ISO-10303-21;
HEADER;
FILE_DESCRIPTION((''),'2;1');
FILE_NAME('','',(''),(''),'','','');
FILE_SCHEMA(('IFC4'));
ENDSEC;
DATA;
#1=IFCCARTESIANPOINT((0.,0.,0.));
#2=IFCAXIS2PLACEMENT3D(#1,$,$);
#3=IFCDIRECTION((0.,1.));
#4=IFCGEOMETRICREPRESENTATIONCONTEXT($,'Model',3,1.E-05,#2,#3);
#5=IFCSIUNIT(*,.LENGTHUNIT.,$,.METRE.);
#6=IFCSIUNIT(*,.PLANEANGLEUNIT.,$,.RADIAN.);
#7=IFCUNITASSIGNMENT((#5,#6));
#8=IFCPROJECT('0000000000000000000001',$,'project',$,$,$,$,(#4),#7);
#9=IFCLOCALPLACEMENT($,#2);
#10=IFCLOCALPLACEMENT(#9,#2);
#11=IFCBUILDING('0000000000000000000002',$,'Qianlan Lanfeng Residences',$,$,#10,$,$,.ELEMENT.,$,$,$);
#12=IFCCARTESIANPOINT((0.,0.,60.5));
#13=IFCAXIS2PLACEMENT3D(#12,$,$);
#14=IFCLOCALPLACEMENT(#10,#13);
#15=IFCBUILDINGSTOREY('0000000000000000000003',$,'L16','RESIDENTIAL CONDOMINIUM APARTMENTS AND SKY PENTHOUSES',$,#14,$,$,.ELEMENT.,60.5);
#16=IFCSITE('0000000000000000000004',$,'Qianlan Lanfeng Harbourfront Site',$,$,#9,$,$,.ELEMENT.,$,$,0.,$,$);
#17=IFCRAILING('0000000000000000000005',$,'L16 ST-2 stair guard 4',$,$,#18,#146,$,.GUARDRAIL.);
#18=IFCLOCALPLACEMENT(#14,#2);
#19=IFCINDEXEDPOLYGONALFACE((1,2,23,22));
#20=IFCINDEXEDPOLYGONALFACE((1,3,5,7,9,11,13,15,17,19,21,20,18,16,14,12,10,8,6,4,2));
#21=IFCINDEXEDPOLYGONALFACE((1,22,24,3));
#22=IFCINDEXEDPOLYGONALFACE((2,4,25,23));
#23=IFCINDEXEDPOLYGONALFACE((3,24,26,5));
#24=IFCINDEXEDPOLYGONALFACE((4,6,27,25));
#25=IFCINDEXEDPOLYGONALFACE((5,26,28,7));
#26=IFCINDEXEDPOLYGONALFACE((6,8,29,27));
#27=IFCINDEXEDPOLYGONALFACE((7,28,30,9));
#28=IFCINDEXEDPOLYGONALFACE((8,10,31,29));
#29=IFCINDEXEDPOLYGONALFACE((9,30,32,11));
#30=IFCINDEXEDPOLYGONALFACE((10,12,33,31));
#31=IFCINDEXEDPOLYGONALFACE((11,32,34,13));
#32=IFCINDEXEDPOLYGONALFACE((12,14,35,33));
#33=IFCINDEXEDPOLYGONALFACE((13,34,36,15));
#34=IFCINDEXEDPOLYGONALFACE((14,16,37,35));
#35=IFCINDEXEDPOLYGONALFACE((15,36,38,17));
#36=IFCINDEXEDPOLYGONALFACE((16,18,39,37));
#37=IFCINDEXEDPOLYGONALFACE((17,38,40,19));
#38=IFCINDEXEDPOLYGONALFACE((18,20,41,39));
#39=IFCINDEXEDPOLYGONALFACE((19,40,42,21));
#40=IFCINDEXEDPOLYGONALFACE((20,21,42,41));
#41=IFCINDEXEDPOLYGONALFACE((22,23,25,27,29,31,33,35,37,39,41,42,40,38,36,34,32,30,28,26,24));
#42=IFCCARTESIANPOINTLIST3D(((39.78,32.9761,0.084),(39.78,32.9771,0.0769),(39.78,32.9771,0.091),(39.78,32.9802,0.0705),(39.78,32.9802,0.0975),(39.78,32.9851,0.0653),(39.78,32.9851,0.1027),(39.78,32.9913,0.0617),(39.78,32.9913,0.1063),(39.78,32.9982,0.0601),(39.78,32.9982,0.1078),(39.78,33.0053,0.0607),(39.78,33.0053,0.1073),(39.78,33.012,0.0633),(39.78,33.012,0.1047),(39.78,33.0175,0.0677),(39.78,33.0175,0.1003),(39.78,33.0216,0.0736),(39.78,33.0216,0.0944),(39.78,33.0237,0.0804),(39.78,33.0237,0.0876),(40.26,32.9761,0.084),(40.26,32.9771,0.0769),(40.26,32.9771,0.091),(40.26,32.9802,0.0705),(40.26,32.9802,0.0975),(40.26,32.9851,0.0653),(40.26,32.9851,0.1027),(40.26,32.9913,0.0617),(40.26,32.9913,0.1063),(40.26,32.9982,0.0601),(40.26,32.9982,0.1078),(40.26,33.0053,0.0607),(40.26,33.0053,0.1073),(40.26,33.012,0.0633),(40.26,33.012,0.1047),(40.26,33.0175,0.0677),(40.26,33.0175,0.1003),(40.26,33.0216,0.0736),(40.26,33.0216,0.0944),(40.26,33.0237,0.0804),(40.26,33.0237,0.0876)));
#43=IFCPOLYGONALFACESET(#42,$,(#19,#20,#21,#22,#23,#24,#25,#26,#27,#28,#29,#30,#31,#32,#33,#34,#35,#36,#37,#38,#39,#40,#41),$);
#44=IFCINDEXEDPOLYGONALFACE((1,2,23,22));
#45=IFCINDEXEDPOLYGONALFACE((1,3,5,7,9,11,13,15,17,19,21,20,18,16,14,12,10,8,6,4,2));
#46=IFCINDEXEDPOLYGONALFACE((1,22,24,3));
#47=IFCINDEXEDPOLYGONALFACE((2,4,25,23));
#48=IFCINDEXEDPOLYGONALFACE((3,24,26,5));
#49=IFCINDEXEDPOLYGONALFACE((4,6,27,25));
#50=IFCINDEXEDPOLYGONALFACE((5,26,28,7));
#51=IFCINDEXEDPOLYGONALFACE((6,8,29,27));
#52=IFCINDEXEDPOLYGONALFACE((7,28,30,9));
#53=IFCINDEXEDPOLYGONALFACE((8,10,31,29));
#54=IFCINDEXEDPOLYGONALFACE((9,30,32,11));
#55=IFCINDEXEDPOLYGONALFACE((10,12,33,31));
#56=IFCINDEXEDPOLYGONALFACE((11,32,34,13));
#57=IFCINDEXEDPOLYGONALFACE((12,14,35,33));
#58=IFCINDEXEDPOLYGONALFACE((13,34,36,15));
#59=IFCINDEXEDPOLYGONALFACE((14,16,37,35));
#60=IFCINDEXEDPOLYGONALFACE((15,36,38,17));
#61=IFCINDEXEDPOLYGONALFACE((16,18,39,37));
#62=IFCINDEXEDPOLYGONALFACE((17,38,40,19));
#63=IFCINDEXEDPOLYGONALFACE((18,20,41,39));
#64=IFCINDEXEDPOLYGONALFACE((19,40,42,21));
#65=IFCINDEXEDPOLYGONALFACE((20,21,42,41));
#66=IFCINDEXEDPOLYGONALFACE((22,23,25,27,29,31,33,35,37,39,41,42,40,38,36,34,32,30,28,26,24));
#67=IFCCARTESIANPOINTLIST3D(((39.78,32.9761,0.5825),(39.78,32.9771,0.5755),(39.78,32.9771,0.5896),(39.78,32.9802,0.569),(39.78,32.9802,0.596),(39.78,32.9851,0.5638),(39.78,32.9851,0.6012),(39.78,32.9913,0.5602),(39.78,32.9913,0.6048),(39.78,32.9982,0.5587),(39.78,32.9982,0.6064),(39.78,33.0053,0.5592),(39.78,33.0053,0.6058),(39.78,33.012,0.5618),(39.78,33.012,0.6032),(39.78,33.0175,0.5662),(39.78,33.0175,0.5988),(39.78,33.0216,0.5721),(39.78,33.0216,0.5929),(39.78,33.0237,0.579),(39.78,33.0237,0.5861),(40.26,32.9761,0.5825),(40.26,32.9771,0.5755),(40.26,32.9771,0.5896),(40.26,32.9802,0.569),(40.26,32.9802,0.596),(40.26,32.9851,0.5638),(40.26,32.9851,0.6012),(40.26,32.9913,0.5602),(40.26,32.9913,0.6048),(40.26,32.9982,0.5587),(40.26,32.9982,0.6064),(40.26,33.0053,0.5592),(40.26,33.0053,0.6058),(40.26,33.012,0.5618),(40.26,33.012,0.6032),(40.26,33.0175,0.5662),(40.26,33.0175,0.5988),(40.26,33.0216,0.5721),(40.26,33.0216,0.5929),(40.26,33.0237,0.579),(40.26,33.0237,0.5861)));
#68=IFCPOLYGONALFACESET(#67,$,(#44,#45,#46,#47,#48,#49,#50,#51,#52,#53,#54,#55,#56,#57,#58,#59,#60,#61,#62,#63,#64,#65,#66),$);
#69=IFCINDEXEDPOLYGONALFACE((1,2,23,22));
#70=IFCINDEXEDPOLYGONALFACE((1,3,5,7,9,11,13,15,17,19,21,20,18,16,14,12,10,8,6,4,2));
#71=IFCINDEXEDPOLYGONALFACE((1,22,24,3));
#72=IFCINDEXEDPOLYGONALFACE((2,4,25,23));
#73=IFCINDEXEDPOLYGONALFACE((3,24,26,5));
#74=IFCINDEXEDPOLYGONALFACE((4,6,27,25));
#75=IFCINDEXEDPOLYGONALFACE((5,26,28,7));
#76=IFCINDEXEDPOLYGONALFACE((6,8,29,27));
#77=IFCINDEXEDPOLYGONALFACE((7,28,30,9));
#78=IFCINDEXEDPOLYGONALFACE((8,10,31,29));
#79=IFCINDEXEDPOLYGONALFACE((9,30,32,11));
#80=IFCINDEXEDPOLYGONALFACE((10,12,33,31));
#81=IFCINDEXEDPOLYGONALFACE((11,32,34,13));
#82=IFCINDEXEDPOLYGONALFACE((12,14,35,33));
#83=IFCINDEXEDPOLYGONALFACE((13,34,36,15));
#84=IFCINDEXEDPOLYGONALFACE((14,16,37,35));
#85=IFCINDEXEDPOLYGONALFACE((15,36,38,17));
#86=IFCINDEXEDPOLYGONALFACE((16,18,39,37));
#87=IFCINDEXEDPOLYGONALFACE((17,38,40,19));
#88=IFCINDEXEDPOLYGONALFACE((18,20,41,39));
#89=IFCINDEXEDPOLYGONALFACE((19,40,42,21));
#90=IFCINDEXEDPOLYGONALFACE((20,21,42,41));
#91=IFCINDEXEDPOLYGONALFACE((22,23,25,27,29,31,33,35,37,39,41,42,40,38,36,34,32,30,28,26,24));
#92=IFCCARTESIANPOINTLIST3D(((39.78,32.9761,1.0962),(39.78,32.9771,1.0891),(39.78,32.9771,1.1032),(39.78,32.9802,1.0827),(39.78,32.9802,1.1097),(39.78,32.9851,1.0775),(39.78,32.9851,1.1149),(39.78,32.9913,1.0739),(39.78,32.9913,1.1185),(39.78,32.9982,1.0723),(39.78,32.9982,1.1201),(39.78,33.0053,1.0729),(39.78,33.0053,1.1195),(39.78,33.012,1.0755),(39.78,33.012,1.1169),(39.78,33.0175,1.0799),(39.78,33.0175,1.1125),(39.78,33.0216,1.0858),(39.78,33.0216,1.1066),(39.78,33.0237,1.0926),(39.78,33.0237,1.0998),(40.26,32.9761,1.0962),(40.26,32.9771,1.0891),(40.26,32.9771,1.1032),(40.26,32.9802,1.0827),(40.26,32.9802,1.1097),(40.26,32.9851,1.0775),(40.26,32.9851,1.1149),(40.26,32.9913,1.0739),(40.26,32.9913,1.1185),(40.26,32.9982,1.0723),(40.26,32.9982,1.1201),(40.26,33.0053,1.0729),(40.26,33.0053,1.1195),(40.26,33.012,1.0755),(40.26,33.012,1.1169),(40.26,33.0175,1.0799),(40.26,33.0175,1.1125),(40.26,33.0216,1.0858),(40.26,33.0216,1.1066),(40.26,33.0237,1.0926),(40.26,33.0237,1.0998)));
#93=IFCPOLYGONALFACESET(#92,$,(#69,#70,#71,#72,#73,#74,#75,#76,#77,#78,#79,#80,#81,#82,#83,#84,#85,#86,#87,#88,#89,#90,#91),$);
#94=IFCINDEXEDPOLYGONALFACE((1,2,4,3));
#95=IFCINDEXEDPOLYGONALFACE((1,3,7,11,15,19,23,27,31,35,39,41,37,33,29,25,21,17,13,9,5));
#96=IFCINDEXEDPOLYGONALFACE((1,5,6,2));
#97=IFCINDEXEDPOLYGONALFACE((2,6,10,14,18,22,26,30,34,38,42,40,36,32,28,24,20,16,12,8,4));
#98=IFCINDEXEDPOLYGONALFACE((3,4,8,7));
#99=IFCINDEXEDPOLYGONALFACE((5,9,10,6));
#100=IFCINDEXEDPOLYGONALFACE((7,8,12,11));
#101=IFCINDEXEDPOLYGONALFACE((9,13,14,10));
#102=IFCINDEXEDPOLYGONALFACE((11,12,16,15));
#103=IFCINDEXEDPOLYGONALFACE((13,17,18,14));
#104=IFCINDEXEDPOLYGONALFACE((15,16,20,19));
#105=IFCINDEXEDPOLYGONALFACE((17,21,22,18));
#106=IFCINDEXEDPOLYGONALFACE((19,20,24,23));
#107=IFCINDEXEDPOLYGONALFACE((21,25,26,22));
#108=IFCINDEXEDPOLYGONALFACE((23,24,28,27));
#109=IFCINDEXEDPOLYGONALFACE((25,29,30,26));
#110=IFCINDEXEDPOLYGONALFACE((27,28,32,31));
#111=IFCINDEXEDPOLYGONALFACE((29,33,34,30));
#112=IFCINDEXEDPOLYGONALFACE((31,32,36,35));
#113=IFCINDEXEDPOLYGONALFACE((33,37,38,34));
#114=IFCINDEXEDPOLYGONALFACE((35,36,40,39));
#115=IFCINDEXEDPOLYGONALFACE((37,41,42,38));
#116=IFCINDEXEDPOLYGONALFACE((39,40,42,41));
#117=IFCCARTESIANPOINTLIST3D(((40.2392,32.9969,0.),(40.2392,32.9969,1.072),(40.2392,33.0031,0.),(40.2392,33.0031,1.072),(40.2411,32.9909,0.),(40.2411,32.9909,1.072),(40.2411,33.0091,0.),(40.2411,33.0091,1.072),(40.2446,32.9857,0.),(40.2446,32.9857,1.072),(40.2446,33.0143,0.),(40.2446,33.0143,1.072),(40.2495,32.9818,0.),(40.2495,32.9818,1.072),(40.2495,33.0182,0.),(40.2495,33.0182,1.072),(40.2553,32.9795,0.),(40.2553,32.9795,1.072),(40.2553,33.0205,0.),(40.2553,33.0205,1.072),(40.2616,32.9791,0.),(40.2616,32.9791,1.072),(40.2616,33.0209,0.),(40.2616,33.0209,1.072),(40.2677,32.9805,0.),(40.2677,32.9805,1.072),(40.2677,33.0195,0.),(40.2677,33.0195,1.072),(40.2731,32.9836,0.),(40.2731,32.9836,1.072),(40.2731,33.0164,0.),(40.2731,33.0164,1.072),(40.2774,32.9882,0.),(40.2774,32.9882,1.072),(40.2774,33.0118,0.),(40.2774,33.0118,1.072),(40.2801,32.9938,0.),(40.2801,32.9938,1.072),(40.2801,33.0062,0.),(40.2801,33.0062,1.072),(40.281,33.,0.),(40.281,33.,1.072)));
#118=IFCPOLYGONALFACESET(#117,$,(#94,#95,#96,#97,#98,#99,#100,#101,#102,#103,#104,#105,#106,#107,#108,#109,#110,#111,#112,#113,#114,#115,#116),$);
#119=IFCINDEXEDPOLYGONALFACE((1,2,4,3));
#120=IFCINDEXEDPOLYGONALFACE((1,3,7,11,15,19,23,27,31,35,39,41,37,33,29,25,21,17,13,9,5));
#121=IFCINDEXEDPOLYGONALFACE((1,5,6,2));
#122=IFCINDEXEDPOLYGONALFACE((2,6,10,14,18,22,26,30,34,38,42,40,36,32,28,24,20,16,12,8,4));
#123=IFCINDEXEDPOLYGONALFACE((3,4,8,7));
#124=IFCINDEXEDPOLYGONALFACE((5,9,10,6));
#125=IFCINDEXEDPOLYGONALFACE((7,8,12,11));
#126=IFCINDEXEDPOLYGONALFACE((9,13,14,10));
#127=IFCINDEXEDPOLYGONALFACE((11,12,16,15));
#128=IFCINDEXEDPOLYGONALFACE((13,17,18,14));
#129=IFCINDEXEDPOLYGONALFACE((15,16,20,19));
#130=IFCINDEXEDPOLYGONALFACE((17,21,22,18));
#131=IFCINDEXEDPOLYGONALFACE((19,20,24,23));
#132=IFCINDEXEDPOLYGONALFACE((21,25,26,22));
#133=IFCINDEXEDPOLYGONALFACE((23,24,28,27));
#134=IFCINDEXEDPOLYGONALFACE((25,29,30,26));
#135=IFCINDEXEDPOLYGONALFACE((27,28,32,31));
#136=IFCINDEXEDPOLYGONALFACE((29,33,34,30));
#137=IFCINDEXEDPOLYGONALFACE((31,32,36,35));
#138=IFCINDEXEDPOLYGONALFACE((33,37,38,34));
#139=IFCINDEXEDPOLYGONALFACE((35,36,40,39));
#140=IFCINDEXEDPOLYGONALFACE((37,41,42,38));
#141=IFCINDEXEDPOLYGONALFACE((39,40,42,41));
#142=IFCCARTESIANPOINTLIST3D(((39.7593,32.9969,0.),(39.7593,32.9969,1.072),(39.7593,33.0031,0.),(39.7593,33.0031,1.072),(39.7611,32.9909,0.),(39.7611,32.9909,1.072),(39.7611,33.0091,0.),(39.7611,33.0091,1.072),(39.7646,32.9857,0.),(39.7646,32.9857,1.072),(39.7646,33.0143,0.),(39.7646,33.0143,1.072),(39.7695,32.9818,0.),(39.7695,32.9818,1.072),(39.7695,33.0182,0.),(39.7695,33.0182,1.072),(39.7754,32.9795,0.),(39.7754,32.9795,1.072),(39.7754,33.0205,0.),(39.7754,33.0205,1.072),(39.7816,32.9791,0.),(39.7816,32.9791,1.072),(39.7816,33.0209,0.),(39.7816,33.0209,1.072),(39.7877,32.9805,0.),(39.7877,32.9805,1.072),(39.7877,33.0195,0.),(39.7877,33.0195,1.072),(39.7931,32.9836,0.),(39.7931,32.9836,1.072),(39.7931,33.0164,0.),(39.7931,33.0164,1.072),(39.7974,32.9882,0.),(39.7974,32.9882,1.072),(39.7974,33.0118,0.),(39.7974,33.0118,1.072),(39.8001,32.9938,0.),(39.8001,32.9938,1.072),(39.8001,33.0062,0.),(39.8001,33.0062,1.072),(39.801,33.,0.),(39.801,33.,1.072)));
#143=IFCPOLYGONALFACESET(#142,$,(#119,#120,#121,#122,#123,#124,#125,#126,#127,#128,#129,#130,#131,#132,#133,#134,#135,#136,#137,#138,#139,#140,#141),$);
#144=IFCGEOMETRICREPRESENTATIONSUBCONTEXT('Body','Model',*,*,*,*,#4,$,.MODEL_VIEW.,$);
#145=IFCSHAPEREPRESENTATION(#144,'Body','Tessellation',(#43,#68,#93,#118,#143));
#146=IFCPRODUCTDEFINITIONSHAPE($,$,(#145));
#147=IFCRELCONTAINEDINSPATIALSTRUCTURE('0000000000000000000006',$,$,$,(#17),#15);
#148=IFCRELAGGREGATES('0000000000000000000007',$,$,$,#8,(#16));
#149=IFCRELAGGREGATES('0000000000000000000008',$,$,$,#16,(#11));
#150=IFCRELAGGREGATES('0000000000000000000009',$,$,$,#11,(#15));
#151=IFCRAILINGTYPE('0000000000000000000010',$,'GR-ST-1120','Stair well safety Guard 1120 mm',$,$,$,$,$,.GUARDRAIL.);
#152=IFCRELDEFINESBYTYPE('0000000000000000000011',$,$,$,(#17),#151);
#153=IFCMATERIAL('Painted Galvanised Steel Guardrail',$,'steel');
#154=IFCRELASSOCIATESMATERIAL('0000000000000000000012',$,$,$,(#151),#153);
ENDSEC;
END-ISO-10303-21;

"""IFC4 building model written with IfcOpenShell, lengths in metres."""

from ifc_helpers import new_model, si_unit, direction, frame, origin, origin_2d, place, context, subcontext, project, spatial, circle, extrude, material, type_object, element, save


model = new_model("IFC4")

# Units and contexts
model_context = context("Model", 3, precision=1e-05, world=origin(), true_north=direction((0.0, 1.0)))
body_context = subcontext(model_context, "Body", "Model", "MODEL_VIEW")
ifc_project = project(units=[si_unit("LENGTHUNIT", "METRE"), si_unit("PLANEANGLEUNIT", "RADIAN")], contexts=[model_context])

# Site, building, storey
site_placement = place(None, origin())
site = spatial("IfcSite", under=ifc_project, at=site_placement, Name="Qianlan Lanfeng Harbourfront Site", CompositionType="ELEMENT", RefElevation=0.0)
building_placement = place(site_placement, origin())
building = spatial("IfcBuilding", under=site, at=building_placement, Name="Qianlan Lanfeng Residences", CompositionType="ELEMENT")
storey_placement = place(building_placement, frame((0.0, 0.0, 60.5)))
storey = spatial("IfcBuildingStorey", under=building, at=storey_placement, Name="L16", Description="RESIDENTIAL CONDOMINIUM APARTMENTS AND SKY PENTHOUSES", CompositionType="ELEMENT", Elevation=60.5)

# Railing
ifc_material_1 = material(Name="Painted Galvanised Steel Guardrail", Category="steel")
railing_type_1 = type_object("IfcRailingType", Name="GR-ST-1120", Description="Stair well safety Guard 1120 mm", PredefinedType="GUARDRAIL", material=ifc_material_1)
railing_1_placement = place(storey_placement, frame((40.26, 33.0, 0.0)))
element("IfcRailing", 1, at=railing_1_placement, inside=storey, type_object=railing_type_1, Name="L16 ST-2 stair guard 4", PredefinedType="GUARDRAIL", context=body_context, shape_type="SweptSolid", body=[
    extrude(circle(Radius=0.0239, at=origin_2d()), frame((0.0, 0.0, 0.084), z_axis=(-1.0, 0.0, 0.0), x_axis=(0.0, -1.0, 0.0)), (0.0, 0.0, 1.0), 0.48),
    extrude(circle(Radius=0.0239, at=origin_2d()), frame((0.0, 0.0, 0.5825), z_axis=(-1.0, 0.0, 0.0), x_axis=(0.0, -1.0, 0.0)), (0.0, 0.0, 1.0), 0.48),
    extrude(circle(Radius=0.0239, at=origin_2d()), frame((0.0, 0.0, 1.0962), z_axis=(-1.0, 0.0, 0.0), x_axis=(0.0, -1.0, 0.0)), (0.0, 0.0, 1.0), 0.48),
    extrude(circle(Radius=0.021, at=origin_2d()), origin(), (0.0, 0.0, 1.0), 1.072),
    extrude(circle(Radius=0.021, at=origin_2d()), frame((-0.48, 0.0, 0.0)), (0.0, 0.0, 1.0), 1.072),
])

save(model, "model.ifc")
